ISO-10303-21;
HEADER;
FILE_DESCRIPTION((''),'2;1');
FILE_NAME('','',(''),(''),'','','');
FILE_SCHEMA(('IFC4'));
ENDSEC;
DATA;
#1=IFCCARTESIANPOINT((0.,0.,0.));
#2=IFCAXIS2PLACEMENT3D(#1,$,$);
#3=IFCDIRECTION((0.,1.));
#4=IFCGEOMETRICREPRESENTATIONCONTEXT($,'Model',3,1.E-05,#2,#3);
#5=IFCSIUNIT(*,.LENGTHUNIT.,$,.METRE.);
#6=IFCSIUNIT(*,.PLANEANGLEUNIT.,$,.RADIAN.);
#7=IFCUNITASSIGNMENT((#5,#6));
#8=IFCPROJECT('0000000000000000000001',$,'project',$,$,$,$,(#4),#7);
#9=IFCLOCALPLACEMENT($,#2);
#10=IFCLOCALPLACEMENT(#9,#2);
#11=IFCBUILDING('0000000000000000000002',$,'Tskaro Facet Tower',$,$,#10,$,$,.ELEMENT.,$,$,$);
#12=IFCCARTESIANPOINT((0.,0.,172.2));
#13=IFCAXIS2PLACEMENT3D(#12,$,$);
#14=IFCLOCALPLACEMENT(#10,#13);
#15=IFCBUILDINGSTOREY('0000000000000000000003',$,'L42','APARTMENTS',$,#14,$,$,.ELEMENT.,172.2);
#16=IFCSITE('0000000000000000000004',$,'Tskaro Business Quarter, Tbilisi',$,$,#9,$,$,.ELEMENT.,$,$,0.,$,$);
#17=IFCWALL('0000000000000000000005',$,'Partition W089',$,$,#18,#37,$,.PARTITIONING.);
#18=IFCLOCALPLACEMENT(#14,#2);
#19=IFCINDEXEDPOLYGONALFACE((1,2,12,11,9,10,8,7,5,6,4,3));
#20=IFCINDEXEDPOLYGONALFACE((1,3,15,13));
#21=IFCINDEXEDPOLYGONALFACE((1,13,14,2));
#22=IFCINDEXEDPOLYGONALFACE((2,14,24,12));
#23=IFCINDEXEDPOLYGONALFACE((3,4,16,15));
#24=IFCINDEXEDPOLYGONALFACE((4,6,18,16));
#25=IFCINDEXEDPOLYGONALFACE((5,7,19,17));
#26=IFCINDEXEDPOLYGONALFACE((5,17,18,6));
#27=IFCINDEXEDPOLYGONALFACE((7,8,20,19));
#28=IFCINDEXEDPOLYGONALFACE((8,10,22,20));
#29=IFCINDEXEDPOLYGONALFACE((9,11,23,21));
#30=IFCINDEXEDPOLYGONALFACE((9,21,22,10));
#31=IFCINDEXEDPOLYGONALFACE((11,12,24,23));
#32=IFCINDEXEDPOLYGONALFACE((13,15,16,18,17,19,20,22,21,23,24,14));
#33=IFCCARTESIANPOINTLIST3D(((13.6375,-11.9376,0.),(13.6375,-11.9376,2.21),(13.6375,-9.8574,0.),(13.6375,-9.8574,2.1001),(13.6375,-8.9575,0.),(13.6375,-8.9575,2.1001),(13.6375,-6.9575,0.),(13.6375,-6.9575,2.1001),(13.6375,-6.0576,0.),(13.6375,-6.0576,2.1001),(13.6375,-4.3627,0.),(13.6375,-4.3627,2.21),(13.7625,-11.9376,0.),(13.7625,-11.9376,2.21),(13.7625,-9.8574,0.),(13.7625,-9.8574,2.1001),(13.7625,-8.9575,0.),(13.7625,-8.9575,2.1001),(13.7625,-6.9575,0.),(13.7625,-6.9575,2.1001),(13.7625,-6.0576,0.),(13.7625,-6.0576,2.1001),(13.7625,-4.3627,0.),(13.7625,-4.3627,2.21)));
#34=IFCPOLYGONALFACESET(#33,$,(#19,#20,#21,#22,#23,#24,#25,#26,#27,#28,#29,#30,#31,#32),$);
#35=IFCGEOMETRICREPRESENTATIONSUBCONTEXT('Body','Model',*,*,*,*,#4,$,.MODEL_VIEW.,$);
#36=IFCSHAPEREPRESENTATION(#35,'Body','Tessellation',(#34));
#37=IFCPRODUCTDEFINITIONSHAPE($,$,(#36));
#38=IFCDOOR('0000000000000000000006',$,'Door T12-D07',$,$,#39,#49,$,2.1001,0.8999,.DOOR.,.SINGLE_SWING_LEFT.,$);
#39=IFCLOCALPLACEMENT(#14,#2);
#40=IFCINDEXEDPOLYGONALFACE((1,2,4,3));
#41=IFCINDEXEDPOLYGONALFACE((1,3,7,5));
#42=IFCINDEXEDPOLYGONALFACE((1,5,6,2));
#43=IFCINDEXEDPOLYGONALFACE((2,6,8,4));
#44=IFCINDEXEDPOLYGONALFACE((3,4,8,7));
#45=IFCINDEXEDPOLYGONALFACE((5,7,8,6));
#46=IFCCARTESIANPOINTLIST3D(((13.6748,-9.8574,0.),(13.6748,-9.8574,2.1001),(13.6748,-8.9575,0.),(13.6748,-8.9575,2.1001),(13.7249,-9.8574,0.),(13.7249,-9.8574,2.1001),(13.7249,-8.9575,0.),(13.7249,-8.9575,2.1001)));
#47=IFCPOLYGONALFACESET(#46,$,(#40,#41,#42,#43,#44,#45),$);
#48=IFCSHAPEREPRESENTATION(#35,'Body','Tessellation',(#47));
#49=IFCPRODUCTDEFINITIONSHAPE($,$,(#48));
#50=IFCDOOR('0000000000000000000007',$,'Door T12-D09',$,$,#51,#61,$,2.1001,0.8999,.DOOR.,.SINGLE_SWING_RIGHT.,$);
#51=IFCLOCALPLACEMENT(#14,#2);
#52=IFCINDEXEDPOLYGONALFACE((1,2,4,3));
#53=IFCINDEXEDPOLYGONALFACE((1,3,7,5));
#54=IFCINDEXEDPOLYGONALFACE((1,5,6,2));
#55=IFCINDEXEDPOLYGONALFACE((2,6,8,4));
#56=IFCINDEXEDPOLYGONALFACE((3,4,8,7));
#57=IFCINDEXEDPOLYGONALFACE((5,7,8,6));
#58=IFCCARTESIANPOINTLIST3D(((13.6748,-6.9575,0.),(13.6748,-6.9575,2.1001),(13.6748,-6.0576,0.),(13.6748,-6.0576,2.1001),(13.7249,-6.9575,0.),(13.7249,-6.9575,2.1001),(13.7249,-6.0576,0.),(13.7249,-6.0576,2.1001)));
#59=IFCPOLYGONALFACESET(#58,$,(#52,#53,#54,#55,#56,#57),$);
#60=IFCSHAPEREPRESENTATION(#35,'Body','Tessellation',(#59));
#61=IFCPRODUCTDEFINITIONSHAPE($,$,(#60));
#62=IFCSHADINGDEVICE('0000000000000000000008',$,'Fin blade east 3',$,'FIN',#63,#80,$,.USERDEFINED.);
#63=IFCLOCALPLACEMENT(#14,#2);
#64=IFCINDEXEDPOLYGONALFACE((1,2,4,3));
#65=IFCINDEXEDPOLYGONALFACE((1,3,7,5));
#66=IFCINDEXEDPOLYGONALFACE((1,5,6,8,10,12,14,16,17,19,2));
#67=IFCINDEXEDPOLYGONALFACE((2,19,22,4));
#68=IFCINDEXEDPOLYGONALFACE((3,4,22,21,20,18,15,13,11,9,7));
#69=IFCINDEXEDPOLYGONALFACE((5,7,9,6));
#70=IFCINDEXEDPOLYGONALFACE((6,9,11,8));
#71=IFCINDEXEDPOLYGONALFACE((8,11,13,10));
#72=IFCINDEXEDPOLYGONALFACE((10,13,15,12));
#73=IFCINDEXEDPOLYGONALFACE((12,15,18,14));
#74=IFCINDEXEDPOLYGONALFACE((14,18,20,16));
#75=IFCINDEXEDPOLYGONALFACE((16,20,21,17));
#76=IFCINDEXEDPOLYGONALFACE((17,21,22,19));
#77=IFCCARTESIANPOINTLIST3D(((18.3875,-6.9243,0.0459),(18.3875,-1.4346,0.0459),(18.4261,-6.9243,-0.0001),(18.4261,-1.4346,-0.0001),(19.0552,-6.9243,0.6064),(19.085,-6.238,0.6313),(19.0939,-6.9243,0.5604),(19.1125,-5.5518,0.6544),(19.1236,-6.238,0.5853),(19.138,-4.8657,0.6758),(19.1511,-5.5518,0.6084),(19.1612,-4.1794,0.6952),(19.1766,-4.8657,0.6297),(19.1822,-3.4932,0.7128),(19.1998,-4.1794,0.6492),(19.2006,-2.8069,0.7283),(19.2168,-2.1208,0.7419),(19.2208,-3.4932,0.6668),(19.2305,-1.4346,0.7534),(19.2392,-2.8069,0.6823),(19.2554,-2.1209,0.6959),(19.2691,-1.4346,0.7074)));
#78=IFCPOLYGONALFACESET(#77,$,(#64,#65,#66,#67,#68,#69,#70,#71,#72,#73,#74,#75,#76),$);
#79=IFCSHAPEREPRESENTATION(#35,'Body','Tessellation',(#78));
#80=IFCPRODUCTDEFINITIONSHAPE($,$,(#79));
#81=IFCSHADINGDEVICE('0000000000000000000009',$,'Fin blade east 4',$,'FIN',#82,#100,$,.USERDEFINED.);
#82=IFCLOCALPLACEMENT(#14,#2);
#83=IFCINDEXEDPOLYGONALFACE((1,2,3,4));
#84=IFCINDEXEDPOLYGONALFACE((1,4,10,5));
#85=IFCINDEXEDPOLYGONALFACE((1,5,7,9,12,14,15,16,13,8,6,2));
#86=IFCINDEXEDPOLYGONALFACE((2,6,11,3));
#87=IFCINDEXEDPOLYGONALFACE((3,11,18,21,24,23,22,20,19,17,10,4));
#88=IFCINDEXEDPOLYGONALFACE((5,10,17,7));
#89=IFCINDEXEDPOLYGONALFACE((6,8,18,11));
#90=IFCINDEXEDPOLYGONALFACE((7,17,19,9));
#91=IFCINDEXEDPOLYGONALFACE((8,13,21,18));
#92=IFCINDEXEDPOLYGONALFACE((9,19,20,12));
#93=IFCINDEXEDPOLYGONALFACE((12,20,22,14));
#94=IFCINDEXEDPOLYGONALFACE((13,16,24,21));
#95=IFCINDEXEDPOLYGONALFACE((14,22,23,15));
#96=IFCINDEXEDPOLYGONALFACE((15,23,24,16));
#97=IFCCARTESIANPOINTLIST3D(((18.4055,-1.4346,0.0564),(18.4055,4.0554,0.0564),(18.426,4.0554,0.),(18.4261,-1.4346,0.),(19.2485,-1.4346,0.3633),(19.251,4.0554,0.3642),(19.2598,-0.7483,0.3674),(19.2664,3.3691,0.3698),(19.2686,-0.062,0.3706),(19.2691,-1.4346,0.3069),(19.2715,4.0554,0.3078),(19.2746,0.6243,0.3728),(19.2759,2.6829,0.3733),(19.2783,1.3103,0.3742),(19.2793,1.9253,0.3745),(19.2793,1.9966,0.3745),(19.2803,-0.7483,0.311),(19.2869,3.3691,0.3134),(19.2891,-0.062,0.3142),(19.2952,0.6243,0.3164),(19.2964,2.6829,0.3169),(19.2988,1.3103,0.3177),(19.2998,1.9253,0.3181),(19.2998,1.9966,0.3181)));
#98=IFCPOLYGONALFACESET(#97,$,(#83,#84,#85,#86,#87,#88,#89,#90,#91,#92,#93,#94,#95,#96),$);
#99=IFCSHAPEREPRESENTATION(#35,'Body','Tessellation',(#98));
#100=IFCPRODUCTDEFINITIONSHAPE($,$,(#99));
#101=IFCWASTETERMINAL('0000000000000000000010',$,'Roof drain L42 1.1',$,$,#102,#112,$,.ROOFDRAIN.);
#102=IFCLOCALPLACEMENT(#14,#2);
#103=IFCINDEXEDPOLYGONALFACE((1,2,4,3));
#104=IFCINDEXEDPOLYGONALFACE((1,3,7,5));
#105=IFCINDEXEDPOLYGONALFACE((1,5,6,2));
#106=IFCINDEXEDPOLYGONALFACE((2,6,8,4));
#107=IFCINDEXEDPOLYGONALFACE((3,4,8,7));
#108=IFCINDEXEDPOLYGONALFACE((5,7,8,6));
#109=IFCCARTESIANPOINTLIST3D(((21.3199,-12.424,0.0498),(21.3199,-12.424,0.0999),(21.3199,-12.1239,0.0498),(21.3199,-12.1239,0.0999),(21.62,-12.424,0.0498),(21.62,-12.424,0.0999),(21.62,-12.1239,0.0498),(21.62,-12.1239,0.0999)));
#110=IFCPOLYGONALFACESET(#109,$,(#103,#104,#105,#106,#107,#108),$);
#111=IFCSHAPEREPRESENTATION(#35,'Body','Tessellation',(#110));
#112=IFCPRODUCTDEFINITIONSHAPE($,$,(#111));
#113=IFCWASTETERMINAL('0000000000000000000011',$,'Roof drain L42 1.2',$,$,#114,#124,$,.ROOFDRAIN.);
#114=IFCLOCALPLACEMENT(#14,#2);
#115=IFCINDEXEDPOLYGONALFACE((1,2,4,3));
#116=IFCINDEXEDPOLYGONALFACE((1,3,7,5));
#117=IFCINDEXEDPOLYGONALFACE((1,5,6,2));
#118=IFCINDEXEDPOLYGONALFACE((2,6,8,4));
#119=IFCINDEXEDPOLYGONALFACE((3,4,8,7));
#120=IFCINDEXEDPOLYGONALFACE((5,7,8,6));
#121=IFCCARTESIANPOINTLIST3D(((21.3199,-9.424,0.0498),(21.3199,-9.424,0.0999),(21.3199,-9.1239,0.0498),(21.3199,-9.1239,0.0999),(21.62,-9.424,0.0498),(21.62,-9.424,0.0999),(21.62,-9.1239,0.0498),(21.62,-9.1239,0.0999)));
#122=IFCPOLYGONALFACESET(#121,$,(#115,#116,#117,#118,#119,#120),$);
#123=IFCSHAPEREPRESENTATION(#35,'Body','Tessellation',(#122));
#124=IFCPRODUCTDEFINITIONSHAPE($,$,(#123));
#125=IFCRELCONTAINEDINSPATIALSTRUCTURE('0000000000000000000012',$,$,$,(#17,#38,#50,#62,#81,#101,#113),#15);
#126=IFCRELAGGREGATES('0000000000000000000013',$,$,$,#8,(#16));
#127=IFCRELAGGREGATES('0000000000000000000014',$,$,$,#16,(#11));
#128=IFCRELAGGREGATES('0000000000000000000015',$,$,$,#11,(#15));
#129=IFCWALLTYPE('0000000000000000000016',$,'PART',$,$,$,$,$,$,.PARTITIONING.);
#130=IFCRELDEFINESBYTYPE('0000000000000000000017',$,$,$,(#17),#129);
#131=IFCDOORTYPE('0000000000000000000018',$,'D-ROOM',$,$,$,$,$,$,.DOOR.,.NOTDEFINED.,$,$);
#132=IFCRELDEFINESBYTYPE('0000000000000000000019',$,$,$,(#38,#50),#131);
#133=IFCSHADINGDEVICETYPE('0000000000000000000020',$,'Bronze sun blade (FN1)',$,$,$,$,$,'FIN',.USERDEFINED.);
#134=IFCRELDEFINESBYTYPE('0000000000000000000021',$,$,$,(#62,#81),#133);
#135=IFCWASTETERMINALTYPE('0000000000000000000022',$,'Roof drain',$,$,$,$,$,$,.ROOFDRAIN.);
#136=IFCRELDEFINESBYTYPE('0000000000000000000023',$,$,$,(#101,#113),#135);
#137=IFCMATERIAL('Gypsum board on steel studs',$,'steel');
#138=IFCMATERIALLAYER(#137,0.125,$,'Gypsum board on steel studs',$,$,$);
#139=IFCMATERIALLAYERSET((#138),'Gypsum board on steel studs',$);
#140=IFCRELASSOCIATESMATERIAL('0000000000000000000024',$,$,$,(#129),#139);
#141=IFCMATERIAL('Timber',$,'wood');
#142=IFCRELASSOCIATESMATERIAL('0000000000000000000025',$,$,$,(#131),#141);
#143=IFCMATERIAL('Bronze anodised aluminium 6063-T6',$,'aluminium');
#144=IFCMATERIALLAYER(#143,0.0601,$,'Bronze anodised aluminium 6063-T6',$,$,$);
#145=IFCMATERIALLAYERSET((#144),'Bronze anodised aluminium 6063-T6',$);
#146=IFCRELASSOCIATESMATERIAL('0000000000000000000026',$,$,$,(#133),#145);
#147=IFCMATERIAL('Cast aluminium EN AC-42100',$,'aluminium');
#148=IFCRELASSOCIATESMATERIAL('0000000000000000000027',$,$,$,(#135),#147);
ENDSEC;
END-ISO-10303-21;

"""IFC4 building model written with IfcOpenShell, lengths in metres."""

from ifc_helpers import new_model, si_unit, direction, frame, frame_2d, origin, origin_2d, place, context, subcontext, project, spatial, polyline, rectangle, outline, extrude, material, layer, layer_set, type_object, element, fill, save


model = new_model("IFC4")

# Units and contexts
model_context = context("Model", 3, precision=1e-05, world=origin(), true_north=direction((0.0, 1.0)))
body_context = subcontext(model_context, "Body", "Model", "MODEL_VIEW")
ifc_project = project(units=[si_unit("LENGTHUNIT", "METRE"), si_unit("PLANEANGLEUNIT", "RADIAN")], contexts=[model_context])

# Site, building, storey
site_placement = place(None, origin())
site = spatial("IfcSite", under=ifc_project, at=site_placement, Name="Tskaro Business Quarter, Tbilisi", CompositionType="ELEMENT", RefElevation=0.0)
building_placement = place(site_placement, origin())
building = spatial("IfcBuilding", under=site, at=building_placement, Name="Tskaro Facet Tower", CompositionType="ELEMENT")
storey_placement = place(building_placement, frame((0.0, 0.0, 172.2)))
storey = spatial("IfcBuildingStorey", under=building, at=storey_placement, Name="L42", Description="APARTMENTS", CompositionType="ELEMENT", Elevation=172.2)

# Shared definitions
ifc_material_1 = material(Name="Bronze anodised aluminium 6063-T6", Category="aluminium")

# Shared definitions
ifc_material_2 = material(Name="Gypsum board on steel studs", Category="steel")
ifc_layer_1 = layer(ifc_material_2, 0.125, Name="Gypsum board on steel studs")
ifc_layer_set_1 = layer_set([ifc_layer_1], Name="Gypsum board on steel studs")
wall_type = type_object("IfcWallType", Name="PART", PredefinedType="PARTITIONING", material=ifc_layer_set_1)
ifc_material_3 = material(Name="Timber", Category="wood")
door_type = type_object("IfcDoorType", Name="D-ROOM", OperationType="NOTDEFINED", PredefinedType="DOOR", material=ifc_material_3)

# Wall, openings, doors
wall_1_placement = place(storey_placement, frame((13.7, -4.3625, 0.0), z_axis=(0.0, 0.0, 1.0), x_axis=(0.0, -1.0, 0.0)))
wall_1 = element("IfcWall", 1, at=wall_1_placement, inside=storey, type_object=wall_type, Name="Partition W089", PredefinedType="PARTITIONING", context=body_context, shape_type="SweptSolid", body=[
    extrude(rectangle(XDim=7.575, YDim=0.125, at=frame_2d((3.7876, 0.0))), origin(), (0.0, 0.0, 1.0), 2.21),
])
opening_1_placement = place(wall_1_placement, frame((4.595, 0.0, 0.0)))
opening_1 = element("IfcOpeningElement", 2, at=opening_1_placement, cuts=wall_1, PredefinedType="OPENING", context=body_context, shape_type="SweptSolid", body=[
    extrude(rectangle(XDim=0.8999, YDim=2.1001, at=frame_2d((0.45, 1.05))), frame((0.0, 0.0725, 0.0), z_axis=(0.0, -1.0, 0.0), x_axis=(1.0, 0.0, 0.0)), (0.0, 0.0, 1.0), 0.145),
])
opening_2_placement = place(wall_1_placement, frame((1.6951, 0.0, 0.0)))
opening_2 = element("IfcOpeningElement", 3, at=opening_2_placement, cuts=wall_1, PredefinedType="OPENING", context=body_context, shape_type="SweptSolid", body=[
    extrude(rectangle(XDim=0.8999, YDim=2.1001, at=frame_2d((0.45, 1.05))), frame((0.0, 0.0725, 0.0), z_axis=(0.0, -1.0, 0.0), x_axis=(1.0, 0.0, 0.0)), (0.0, 0.0, 1.0), 0.145),
])
door_1_placement = place(opening_1_placement, origin())
door_1 = element("IfcDoor", 4, at=door_1_placement, inside=storey, type_object=door_type, Name="Door T12-D07", OperationType="SINGLE_SWING_LEFT", OverallHeight=2.1001, OverallWidth=0.8999, PredefinedType="DOOR", context=body_context, shape_type="SweptSolid", body=[
    extrude(rectangle(XDim=0.8999, YDim=2.1001, at=frame_2d((0.45, 1.05))), frame((0.0, 0.0249, 0.0), z_axis=(0.0, -1.0, 0.0), x_axis=(1.0, 0.0, 0.0)), (0.0, 0.0, 1.0), 0.05),
])
fill(opening_1, door_1)
door_2_placement = place(opening_2_placement, origin())
door_2 = element("IfcDoor", 5, at=door_2_placement, inside=storey, type_object=door_type, Name="Door T12-D09", OperationType="SINGLE_SWING_RIGHT", OverallHeight=2.1001, OverallWidth=0.8999, PredefinedType="DOOR", context=body_context, shape_type="SweptSolid", body=[
    extrude(rectangle(XDim=0.8999, YDim=2.1001, at=frame_2d((0.45, 1.05))), frame((0.0, 0.0249, 0.0), z_axis=(0.0, -1.0, 0.0), x_axis=(1.0, 0.0, 0.0)), (0.0, 0.0, 1.0), 0.05),
])
fill(opening_2, door_2)

# Shading devices
ifc_layer_2 = layer(ifc_material_1, 0.0601, Name="Bronze anodised aluminium 6063-T6")
ifc_layer_set_2 = layer_set([ifc_layer_2], Name="Bronze anodised aluminium 6063-T6")
shading_device_type = type_object("IfcShadingDeviceType", Name="Bronze sun blade (FN1)", ElementType="FIN", PredefinedType="USERDEFINED", material=ifc_layer_set_2)
shading_device_1_placement = place(storey_placement, frame((18.3875, -6.9243, 0.0459), z_axis=(-0.642862, 0.000009, 0.765982), x_axis=(0.000006, 1.0, -0.000007)))
element("IfcShadingDevice", 6, at=shading_device_1_placement, inside=storey, type_object=shading_device_type, Name="Fin blade east 3", ObjectType="FIN", PredefinedType="USERDEFINED", context=body_context, shape_type="SweptSolid", body=[
    extrude(outline(polyline([(0.0, 0.0), (5.4897, 0.0), (5.4897, -1.1006), (4.8035, -1.0827), (4.1174, -1.0616), (3.4312, -1.0375), (2.7449, -1.0101), (2.0586, -0.9798), (1.3726, -0.9465), (0.6863, -0.9106), (0.0, -0.8718), (0.0, 0.0)])), origin(), (0.0, 0.0, -1.0), 0.0601),
])
shading_device_2_placement = place(storey_placement, frame((18.4055, -1.4346, 0.0564), z_axis=(-0.342101, -0.000008, 0.939663), x_axis=(-0.000003, 1.0, 0.000007)))
element("IfcShadingDevice", 7, at=shading_device_2_placement, inside=storey, type_object=shading_device_type, Name="Fin blade east 4", ObjectType="FIN", PredefinedType="USERDEFINED", context=body_context, shape_type="SweptSolid", body=[
    extrude(outline(polyline([(0.0, 0.0), (5.49, 0.0), (5.49, -0.8998), (4.8037, -0.9161), (4.1174, -0.9263), (3.4312, -0.9299), (3.3599, -0.9299), (2.7449, -0.9288), (2.0588, -0.9249), (1.3726, -0.9185), (0.6863, -0.9091), (0.0, -0.8971), (0.0, 0.0)])), origin(), (0.0, 0.0, -1.0), 0.0601),
])

# Waste terminals
ifc_material_4 = material(Name="Cast aluminium EN AC-42100", Category="aluminium")
waste_terminal_type = type_object("IfcWasteTerminalType", Name="Roof drain", PredefinedType="ROOFDRAIN", material=ifc_material_4)
for number, where, z_axis, x_axis, name in (
    (8, (21.47, -12.2739, 0.0498), (0.0, 0.0, 1.0), (1.0, 0.0, 0.0), "Roof drain L42 1.1"),
    (9, (21.47, -9.2739, 0.0498), (0.0, 0.0, 1.0), (1.0, 0.0, 0.0), "Roof drain L42 1.2"),
):
    element("IfcWasteTerminal", number, at=place(storey_placement, frame(where, z_axis=z_axis, x_axis=x_axis)), inside=storey, type_object=waste_terminal_type, Name=name, PredefinedType="ROOFDRAIN", context=body_context, shape_type="SweptSolid", body=[
        extrude(rectangle(XDim=0.3, YDim=0.3, at=origin_2d()), origin(), (0.0, 0.0, 1.0), 0.05),
    ])

save(model, "model.ifc")
